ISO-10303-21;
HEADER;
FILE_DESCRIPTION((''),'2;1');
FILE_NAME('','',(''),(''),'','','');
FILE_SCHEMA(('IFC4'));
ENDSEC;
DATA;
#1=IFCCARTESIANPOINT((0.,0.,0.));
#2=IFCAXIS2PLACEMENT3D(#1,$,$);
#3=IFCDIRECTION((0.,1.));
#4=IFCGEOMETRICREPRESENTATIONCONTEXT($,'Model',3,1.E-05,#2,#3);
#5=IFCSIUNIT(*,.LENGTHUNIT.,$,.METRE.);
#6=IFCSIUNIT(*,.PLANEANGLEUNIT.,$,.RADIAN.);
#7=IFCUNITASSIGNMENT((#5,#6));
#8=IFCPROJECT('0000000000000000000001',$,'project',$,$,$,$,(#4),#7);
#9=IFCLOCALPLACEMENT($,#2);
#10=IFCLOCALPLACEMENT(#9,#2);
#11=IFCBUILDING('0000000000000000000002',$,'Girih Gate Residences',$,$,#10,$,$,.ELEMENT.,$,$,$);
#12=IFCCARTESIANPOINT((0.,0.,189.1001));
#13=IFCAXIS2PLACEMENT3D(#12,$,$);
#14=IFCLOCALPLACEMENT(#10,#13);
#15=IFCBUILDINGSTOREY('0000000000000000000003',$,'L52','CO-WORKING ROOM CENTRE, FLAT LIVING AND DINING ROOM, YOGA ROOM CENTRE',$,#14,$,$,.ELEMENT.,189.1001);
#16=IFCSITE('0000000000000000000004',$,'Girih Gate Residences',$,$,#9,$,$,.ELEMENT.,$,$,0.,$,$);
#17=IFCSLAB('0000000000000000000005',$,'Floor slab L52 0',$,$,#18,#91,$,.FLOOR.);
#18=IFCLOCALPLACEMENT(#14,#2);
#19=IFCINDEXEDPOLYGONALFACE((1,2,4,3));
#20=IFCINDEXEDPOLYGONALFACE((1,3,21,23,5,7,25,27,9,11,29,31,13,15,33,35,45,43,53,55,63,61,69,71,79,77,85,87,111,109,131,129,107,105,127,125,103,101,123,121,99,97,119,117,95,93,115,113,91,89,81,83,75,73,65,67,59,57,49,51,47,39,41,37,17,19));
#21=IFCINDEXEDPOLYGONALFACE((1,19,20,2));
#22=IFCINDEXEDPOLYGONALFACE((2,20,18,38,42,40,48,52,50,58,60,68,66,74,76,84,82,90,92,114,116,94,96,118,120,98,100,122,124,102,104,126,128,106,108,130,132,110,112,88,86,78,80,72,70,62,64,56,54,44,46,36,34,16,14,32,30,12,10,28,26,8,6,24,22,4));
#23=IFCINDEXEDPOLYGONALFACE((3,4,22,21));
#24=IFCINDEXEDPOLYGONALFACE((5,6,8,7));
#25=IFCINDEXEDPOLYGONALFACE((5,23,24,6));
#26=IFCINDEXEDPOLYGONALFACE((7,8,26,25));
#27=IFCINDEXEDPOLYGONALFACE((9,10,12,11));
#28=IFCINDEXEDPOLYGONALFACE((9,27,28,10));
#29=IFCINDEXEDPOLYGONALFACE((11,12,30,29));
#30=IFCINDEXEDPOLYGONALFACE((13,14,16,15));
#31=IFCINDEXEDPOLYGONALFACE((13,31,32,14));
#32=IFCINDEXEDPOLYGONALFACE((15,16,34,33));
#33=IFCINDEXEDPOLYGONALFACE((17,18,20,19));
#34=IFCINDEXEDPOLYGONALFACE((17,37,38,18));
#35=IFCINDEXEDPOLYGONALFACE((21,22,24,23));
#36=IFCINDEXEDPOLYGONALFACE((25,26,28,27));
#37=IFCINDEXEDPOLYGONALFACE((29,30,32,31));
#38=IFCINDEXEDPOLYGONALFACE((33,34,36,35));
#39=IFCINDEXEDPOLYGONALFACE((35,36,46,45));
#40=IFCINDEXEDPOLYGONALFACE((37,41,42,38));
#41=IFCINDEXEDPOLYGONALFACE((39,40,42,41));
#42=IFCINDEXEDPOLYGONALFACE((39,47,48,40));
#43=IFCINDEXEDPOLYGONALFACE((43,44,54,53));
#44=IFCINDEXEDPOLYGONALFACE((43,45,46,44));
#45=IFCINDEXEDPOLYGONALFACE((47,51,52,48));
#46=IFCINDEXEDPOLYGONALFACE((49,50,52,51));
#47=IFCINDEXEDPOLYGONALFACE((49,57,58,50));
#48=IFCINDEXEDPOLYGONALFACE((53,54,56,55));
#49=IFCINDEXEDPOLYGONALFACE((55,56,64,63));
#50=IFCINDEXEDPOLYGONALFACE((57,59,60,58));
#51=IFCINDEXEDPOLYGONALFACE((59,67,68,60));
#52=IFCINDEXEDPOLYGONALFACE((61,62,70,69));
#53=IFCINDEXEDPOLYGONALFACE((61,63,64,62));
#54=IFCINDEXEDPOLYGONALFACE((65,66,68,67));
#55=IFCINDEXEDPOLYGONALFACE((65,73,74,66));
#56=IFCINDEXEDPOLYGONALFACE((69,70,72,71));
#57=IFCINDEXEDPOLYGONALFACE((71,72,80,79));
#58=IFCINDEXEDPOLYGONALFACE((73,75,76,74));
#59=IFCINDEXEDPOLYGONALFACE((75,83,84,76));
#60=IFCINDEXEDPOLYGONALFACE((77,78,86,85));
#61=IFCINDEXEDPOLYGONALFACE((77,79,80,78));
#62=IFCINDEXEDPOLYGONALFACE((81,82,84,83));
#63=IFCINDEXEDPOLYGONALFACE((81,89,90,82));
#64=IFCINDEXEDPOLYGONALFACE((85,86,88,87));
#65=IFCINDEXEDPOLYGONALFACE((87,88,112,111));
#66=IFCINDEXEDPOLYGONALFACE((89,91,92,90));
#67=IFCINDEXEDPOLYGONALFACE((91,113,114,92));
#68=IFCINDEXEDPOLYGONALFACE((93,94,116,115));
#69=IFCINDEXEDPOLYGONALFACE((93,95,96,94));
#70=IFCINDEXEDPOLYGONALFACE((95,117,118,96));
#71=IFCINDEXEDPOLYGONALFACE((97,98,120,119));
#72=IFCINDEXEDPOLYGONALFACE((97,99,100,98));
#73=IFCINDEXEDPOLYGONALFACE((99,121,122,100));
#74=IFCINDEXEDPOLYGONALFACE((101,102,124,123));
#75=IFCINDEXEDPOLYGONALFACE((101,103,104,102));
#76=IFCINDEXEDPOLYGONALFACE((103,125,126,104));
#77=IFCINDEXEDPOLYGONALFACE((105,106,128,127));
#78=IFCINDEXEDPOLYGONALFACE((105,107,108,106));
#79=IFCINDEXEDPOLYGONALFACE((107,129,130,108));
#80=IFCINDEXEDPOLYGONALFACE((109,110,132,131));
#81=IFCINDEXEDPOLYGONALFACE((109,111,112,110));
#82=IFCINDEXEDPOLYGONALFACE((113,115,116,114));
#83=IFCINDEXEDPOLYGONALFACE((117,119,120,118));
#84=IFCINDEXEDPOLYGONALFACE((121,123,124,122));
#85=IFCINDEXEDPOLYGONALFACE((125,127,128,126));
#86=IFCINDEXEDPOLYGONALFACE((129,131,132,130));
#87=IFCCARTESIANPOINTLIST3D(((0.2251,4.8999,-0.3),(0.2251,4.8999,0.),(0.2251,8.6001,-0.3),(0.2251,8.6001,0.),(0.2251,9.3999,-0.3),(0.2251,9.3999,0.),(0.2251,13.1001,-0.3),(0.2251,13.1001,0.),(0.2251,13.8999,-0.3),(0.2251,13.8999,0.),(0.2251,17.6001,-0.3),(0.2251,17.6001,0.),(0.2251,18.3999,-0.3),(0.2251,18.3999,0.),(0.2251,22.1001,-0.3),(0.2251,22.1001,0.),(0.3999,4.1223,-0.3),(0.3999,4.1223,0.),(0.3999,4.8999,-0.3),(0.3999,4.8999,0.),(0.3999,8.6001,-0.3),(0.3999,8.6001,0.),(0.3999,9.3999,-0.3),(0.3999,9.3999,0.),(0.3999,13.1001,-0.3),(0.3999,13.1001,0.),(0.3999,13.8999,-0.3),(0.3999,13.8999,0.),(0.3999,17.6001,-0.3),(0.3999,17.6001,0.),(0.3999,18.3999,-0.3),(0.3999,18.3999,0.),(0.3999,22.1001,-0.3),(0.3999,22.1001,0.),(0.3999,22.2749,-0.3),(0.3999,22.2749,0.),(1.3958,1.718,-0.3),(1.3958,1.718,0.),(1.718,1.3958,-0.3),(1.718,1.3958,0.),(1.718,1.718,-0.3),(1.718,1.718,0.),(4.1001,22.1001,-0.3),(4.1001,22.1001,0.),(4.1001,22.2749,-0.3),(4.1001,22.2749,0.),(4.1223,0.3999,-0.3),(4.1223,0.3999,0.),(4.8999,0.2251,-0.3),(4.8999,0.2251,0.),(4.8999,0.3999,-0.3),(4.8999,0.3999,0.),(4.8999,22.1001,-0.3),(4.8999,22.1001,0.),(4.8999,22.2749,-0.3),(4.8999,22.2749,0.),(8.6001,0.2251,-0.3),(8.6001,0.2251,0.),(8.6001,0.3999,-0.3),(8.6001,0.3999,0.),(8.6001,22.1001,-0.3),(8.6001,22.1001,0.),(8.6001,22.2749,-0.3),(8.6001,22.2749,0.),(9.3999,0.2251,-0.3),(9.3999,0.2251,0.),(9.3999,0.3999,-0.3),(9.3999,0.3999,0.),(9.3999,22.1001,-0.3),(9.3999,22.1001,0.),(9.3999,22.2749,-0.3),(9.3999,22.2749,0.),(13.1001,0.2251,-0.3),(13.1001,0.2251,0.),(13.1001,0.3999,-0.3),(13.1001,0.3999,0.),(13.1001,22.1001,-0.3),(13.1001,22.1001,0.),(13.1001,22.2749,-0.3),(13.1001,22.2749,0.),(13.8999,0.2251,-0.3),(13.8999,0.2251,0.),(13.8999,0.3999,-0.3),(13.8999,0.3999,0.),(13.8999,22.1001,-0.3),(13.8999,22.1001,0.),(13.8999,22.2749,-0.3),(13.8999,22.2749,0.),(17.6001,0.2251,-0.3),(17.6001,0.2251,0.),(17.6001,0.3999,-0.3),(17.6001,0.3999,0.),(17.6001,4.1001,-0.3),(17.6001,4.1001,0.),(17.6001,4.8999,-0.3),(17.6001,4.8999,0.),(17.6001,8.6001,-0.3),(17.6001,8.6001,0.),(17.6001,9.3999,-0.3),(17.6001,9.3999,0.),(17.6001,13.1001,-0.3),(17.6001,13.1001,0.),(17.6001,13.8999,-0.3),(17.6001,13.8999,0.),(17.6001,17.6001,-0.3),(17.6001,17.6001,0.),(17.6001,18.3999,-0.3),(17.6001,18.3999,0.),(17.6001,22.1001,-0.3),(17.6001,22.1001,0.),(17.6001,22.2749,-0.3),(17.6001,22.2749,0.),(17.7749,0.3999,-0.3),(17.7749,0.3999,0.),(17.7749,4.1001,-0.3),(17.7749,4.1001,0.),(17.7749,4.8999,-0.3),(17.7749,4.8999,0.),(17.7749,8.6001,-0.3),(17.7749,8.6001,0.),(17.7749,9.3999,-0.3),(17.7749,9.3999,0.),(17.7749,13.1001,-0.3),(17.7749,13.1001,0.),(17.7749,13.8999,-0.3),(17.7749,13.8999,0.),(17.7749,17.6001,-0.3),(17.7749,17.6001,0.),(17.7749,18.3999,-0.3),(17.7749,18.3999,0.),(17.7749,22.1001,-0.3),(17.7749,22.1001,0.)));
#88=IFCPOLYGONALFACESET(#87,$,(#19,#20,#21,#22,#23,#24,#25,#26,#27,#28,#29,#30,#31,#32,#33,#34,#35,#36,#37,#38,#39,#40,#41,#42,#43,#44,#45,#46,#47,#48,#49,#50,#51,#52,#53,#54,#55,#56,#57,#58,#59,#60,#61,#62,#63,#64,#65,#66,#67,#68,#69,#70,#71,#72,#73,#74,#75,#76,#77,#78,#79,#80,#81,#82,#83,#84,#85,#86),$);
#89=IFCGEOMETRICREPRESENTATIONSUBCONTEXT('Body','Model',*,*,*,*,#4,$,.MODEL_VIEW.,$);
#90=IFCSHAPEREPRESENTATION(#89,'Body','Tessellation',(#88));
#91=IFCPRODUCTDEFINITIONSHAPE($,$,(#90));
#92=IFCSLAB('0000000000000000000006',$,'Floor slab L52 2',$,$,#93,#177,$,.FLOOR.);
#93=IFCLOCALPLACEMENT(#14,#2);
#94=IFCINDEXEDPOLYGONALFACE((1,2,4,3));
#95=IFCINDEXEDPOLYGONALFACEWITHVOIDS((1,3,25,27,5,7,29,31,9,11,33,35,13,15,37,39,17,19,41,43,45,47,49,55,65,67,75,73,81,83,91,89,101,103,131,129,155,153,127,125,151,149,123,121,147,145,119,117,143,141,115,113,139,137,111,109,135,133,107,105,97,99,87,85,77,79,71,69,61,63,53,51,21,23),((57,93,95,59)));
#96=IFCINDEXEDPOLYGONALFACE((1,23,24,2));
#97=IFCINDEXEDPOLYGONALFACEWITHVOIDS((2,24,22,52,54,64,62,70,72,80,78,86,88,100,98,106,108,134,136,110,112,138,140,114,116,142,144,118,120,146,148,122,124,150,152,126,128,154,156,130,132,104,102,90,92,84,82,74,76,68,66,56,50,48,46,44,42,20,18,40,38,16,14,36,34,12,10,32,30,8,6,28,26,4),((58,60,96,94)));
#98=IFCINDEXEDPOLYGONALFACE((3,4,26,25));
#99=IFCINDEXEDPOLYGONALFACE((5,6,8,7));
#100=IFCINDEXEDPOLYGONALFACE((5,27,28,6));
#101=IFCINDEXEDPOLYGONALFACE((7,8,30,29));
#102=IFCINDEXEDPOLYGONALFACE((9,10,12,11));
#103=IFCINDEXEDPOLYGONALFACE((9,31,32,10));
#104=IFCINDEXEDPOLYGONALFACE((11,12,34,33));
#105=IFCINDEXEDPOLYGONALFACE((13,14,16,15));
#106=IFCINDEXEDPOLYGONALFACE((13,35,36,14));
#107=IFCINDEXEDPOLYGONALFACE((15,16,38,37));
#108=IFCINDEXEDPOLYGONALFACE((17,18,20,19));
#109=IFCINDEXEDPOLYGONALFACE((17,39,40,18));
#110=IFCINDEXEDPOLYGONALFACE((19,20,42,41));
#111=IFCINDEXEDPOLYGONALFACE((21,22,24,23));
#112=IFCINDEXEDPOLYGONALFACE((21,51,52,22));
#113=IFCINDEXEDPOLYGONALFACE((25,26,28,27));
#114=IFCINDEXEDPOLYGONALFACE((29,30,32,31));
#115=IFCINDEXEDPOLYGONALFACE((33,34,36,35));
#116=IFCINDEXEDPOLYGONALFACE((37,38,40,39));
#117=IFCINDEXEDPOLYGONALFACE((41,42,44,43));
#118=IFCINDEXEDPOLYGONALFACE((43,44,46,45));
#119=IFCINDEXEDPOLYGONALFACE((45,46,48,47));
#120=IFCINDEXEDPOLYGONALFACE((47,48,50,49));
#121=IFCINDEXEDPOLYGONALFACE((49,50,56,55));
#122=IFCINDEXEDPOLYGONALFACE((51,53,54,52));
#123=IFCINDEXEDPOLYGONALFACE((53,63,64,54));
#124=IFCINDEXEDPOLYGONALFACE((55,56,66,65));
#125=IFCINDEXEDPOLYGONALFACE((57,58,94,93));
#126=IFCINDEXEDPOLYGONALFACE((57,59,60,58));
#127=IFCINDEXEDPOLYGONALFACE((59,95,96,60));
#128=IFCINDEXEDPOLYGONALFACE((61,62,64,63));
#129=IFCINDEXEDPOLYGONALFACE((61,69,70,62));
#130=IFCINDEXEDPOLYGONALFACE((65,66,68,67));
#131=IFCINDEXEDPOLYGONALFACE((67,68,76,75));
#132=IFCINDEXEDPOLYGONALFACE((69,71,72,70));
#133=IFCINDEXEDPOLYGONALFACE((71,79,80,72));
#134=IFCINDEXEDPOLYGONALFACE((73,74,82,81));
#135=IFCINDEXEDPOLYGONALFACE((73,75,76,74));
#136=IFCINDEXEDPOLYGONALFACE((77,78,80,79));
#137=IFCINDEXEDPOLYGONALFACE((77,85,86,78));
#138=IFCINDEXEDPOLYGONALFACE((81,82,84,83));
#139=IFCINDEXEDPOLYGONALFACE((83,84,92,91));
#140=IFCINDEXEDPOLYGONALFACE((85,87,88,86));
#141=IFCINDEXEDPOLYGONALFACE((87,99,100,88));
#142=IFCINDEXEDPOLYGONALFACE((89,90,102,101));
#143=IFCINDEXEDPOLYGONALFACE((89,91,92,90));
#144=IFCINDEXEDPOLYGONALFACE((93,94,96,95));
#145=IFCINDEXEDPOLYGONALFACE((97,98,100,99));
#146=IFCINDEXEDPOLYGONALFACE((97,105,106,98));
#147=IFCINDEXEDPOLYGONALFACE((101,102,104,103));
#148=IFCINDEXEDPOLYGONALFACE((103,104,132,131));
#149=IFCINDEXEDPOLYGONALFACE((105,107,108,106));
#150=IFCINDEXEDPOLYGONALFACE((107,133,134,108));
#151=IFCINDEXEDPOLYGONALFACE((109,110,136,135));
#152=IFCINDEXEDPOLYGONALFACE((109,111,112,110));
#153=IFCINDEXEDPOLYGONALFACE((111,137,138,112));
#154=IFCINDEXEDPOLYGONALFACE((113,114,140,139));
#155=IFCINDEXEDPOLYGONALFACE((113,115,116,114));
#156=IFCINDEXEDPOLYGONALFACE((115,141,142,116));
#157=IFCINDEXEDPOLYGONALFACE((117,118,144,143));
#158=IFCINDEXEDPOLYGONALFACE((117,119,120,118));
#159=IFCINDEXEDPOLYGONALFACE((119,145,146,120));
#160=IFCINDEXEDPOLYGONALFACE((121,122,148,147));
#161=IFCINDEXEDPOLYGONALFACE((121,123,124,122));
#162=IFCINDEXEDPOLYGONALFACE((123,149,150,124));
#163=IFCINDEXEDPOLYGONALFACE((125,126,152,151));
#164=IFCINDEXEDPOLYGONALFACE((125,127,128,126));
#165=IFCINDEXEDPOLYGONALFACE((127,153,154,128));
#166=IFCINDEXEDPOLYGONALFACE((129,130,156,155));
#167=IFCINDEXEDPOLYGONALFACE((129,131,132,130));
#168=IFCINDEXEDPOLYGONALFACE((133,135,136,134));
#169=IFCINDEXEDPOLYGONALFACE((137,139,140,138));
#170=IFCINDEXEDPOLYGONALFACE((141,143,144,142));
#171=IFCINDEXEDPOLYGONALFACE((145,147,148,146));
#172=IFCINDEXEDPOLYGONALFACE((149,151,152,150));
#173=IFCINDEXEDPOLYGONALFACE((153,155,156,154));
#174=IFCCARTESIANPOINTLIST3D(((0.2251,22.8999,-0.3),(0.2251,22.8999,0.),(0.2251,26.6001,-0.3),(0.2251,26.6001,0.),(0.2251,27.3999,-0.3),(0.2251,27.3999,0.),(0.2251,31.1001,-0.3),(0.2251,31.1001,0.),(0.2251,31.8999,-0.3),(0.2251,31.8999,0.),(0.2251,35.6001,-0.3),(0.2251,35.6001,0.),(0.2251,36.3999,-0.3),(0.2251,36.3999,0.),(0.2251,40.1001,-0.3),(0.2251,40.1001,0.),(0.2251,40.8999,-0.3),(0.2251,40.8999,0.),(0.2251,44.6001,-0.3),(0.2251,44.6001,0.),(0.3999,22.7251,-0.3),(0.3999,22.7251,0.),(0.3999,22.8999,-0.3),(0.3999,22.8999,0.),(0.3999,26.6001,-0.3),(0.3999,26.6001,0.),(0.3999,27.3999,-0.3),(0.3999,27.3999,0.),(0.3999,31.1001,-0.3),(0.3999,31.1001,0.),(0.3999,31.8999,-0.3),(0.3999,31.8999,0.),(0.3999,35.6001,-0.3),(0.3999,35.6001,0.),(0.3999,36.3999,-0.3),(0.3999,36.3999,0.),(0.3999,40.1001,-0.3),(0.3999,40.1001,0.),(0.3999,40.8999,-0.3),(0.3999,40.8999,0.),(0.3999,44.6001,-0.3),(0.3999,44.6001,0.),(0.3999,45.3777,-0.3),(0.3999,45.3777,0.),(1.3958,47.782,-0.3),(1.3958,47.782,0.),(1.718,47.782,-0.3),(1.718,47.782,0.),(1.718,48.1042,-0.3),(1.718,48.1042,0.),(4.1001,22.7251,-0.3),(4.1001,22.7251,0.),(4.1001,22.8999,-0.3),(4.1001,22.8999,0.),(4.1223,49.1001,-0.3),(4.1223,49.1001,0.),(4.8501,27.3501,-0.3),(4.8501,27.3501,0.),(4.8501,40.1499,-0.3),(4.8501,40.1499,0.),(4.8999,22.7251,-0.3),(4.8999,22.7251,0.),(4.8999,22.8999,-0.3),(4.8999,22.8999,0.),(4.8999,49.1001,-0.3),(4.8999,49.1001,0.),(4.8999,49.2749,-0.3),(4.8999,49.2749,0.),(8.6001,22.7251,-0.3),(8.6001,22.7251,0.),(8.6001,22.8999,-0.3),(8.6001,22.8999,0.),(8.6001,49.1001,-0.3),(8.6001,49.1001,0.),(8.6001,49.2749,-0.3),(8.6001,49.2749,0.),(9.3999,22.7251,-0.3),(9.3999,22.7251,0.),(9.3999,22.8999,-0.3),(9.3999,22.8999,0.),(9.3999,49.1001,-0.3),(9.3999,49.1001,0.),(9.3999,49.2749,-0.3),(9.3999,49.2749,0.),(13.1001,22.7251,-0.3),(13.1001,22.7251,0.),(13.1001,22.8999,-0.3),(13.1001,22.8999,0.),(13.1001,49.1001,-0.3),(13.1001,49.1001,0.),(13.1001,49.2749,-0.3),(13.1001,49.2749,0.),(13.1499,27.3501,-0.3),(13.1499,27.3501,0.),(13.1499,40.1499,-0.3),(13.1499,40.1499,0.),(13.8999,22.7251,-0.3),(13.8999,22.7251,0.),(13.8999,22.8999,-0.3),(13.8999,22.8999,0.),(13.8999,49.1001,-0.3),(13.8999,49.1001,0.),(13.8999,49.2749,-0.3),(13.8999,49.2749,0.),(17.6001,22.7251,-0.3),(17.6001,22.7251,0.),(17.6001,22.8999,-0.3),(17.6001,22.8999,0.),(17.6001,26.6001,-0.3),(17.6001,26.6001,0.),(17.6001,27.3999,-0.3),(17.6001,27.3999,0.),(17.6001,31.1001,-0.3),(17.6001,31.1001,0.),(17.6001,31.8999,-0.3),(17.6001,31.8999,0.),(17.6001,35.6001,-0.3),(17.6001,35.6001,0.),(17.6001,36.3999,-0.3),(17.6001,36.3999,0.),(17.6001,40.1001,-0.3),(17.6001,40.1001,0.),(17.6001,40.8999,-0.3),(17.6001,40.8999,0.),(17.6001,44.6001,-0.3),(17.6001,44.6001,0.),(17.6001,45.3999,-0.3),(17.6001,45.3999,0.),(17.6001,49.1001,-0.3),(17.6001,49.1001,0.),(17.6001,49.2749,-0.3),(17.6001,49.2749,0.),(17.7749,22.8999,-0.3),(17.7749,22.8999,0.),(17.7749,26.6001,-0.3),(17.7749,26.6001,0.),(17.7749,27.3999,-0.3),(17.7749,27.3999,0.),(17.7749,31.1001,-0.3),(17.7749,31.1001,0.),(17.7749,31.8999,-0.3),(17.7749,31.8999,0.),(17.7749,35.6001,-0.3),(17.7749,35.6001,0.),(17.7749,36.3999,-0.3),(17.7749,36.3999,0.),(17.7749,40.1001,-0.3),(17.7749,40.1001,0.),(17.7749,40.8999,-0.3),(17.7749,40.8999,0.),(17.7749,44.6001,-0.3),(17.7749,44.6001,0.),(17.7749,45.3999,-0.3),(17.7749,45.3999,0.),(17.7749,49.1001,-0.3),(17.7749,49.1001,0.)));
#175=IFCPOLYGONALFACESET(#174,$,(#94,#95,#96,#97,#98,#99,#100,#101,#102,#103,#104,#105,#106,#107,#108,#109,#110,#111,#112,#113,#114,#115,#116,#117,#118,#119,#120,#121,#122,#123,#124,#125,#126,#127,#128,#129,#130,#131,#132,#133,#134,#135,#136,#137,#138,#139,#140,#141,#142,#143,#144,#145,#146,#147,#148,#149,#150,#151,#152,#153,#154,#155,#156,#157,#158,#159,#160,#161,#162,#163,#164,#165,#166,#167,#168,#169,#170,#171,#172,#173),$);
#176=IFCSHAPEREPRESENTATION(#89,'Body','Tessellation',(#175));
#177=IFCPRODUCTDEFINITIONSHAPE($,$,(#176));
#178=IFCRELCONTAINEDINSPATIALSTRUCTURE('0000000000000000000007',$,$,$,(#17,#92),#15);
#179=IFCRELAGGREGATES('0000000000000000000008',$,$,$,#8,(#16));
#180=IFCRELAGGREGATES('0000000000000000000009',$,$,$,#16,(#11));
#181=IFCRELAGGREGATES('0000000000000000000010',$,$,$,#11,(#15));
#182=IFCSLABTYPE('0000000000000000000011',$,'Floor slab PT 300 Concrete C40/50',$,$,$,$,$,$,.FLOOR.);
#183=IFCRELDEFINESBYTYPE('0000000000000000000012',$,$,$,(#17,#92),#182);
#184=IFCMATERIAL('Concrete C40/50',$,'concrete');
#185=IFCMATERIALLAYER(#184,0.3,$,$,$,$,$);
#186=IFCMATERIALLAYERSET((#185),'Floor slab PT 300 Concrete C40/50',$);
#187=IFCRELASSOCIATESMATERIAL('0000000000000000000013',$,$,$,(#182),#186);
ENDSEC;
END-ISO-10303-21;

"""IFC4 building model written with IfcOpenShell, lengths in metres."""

from ifc_helpers import new_model, si_unit, direction, frame, origin, place, context, subcontext, project, spatial, polyline, outline, extrude, material, layer, layer_set, type_object, element, save


model = new_model("IFC4")

# Units and contexts
model_context = context("Model", 3, precision=1e-05, world=origin(), true_north=direction((0.0, 1.0)))
body_context = subcontext(model_context, "Body", "Model", "MODEL_VIEW")
ifc_project = project(units=[si_unit("LENGTHUNIT", "METRE"), si_unit("PLANEANGLEUNIT", "RADIAN")], contexts=[model_context])

# Site, building, storey
site_placement = place(None, origin())
site = spatial("IfcSite", under=ifc_project, at=site_placement, Name="Girih Gate Residences", CompositionType="ELEMENT", RefElevation=0.0)
building_placement = place(site_placement, origin())
building = spatial("IfcBuilding", under=site, at=building_placement, Name="Girih Gate Residences", CompositionType="ELEMENT")
storey_placement = place(building_placement, frame((0.0, 0.0, 189.1001)))
storey = spatial("IfcBuildingStorey", under=building, at=storey_placement, Name="L52", Description="CO-WORKING ROOM CENTRE, FLAT LIVING AND DINING ROOM, YOGA ROOM CENTRE", CompositionType="ELEMENT", Elevation=189.1001)

# Slabs
ifc_material_1 = material(Name="Concrete C40/50", Category="concrete")
ifc_layer_1 = layer(ifc_material_1, 0.3)
ifc_layer_set_1 = layer_set([ifc_layer_1], Name="Floor slab PT 300 Concrete C40/50")
slab_type_1 = type_object("IfcSlabType", Name="Floor slab PT 300 Concrete C40/50", PredefinedType="FLOOR", material=ifc_layer_set_1)
slab_1_placement = place(storey_placement, frame((0.0, 0.0, -0.3)))
element("IfcSlab", 1, at=slab_1_placement, inside=storey, type_object=slab_type_1, Name="Floor slab L52 0", PredefinedType="FLOOR", context=body_context, shape_type="SweptSolid", body=[
    extrude(outline(polyline([(13.8999, 0.2251), (17.6001, 0.2251), (17.6001, 0.3999), (17.7749, 0.3999), (17.7749, 4.1001), (17.6001, 4.1001), (17.6001, 4.8999), (17.7749, 4.8999), (17.7749, 8.6001), (17.6001, 8.6001), (17.6001, 9.3999), (17.7749, 9.3999), (17.7749, 13.1001), (17.6001, 13.1001), (17.6001, 13.8999), (17.7749, 13.8999), (17.7749, 17.6001), (17.6001, 17.6001), (17.6001, 18.3999), (17.7749, 18.3999), (17.7749, 22.1001), (17.6001, 22.1001), (17.6001, 22.2749), (13.8999, 22.2749), (13.8999, 22.1001), (13.1001, 22.1001), (13.1001, 22.2749), (9.3999, 22.2749), (9.3999, 22.1001), (8.6001, 22.1001), (8.6001, 22.2749), (4.8999, 22.2749), (4.8999, 22.1001), (4.1001, 22.1001), (4.1001, 22.2749), (0.3999, 22.2749), (0.3999, 22.1001), (0.2251, 22.1001), (0.2251, 18.3999), (0.3999, 18.3999), (0.3999, 17.6001), (0.2251, 17.6001), (0.2251, 13.8999), (0.3999, 13.8999), (0.3999, 13.1001), (0.2251, 13.1001), (0.2251, 9.3999), (0.3999, 9.3999), (0.3999, 8.6001), (0.2251, 8.6001), (0.2251, 4.8999), (0.3999, 4.8999), (0.3999, 4.1223), (1.3958, 1.718), (1.718, 1.718), (1.718, 1.3958), (4.1223, 0.3999), (4.8999, 0.3999), (4.8999, 0.2251), (8.6001, 0.2251), (8.6001, 0.3999), (9.3999, 0.3999), (9.3999, 0.2251), (13.1001, 0.2251), (13.1001, 0.3999), (13.8999, 0.3999), (13.8999, 0.2251)])), origin(), (0.0, 0.0, 1.0), 0.3),
])
slab_2_placement = place(storey_placement, frame((0.0, 0.0, -0.3)))
element("IfcSlab", 2, at=slab_2_placement, inside=storey, type_object=slab_type_1, Name="Floor slab L52 2", PredefinedType="FLOOR", context=body_context, shape_type="SweptSolid", body=[
    extrude(outline(polyline([(0.2251, 26.6001), (0.2251, 22.8999), (0.3999, 22.8999), (0.3999, 22.7251), (4.1001, 22.7251), (4.1001, 22.8999), (4.8999, 22.8999), (4.8999, 22.7251), (8.6001, 22.7251), (8.6001, 22.8999), (9.3999, 22.8999), (9.3999, 22.7251), (13.1001, 22.7251), (13.1001, 22.8999), (13.8999, 22.8999), (13.8999, 22.7251), (17.6001, 22.7251), (17.6001, 22.8999), (17.7749, 22.8999), (17.7749, 26.6001), (17.6001, 26.6001), (17.6001, 27.3999), (17.7749, 27.3999), (17.7749, 31.1001), (17.6001, 31.1001), (17.6001, 31.8999), (17.7749, 31.8999), (17.7749, 35.6001), (17.6001, 35.6001), (17.6001, 36.3999), (17.7749, 36.3999), (17.7749, 40.1001), (17.6001, 40.1001), (17.6001, 40.8999), (17.7749, 40.8999), (17.7749, 44.6001), (17.6001, 44.6001), (17.6001, 45.3999), (17.7749, 45.3999), (17.7749, 49.1001), (17.6001, 49.1001), (17.6001, 49.2749), (13.8999, 49.2749), (13.8999, 49.1001), (13.1001, 49.1001), (13.1001, 49.2749), (9.3999, 49.2749), (9.3999, 49.1001), (8.6001, 49.1001), (8.6001, 49.2749), (4.8999, 49.2749), (4.8999, 49.1001), (4.1223, 49.1001), (1.718, 48.1042), (1.718, 47.782), (1.3958, 47.782), (0.3999, 45.3777), (0.3999, 44.6001), (0.2251, 44.6001), (0.2251, 40.8999), (0.3999, 40.8999), (0.3999, 40.1001), (0.2251, 40.1001), (0.2251, 36.3999), (0.3999, 36.3999), (0.3999, 35.6001), (0.2251, 35.6001), (0.2251, 31.8999), (0.3999, 31.8999), (0.3999, 31.1001), (0.2251, 31.1001), (0.2251, 27.3999), (0.3999, 27.3999), (0.3999, 26.6001), (0.2251, 26.6001)]), holes=[polyline([(13.1499, 40.1499), (13.1499, 27.3501), (4.8501, 27.3501), (4.8501, 40.1499), (13.1499, 40.1499)])]), origin(), (0.0, 0.0, 1.0), 0.3),
])

save(model, "model.ifc")
